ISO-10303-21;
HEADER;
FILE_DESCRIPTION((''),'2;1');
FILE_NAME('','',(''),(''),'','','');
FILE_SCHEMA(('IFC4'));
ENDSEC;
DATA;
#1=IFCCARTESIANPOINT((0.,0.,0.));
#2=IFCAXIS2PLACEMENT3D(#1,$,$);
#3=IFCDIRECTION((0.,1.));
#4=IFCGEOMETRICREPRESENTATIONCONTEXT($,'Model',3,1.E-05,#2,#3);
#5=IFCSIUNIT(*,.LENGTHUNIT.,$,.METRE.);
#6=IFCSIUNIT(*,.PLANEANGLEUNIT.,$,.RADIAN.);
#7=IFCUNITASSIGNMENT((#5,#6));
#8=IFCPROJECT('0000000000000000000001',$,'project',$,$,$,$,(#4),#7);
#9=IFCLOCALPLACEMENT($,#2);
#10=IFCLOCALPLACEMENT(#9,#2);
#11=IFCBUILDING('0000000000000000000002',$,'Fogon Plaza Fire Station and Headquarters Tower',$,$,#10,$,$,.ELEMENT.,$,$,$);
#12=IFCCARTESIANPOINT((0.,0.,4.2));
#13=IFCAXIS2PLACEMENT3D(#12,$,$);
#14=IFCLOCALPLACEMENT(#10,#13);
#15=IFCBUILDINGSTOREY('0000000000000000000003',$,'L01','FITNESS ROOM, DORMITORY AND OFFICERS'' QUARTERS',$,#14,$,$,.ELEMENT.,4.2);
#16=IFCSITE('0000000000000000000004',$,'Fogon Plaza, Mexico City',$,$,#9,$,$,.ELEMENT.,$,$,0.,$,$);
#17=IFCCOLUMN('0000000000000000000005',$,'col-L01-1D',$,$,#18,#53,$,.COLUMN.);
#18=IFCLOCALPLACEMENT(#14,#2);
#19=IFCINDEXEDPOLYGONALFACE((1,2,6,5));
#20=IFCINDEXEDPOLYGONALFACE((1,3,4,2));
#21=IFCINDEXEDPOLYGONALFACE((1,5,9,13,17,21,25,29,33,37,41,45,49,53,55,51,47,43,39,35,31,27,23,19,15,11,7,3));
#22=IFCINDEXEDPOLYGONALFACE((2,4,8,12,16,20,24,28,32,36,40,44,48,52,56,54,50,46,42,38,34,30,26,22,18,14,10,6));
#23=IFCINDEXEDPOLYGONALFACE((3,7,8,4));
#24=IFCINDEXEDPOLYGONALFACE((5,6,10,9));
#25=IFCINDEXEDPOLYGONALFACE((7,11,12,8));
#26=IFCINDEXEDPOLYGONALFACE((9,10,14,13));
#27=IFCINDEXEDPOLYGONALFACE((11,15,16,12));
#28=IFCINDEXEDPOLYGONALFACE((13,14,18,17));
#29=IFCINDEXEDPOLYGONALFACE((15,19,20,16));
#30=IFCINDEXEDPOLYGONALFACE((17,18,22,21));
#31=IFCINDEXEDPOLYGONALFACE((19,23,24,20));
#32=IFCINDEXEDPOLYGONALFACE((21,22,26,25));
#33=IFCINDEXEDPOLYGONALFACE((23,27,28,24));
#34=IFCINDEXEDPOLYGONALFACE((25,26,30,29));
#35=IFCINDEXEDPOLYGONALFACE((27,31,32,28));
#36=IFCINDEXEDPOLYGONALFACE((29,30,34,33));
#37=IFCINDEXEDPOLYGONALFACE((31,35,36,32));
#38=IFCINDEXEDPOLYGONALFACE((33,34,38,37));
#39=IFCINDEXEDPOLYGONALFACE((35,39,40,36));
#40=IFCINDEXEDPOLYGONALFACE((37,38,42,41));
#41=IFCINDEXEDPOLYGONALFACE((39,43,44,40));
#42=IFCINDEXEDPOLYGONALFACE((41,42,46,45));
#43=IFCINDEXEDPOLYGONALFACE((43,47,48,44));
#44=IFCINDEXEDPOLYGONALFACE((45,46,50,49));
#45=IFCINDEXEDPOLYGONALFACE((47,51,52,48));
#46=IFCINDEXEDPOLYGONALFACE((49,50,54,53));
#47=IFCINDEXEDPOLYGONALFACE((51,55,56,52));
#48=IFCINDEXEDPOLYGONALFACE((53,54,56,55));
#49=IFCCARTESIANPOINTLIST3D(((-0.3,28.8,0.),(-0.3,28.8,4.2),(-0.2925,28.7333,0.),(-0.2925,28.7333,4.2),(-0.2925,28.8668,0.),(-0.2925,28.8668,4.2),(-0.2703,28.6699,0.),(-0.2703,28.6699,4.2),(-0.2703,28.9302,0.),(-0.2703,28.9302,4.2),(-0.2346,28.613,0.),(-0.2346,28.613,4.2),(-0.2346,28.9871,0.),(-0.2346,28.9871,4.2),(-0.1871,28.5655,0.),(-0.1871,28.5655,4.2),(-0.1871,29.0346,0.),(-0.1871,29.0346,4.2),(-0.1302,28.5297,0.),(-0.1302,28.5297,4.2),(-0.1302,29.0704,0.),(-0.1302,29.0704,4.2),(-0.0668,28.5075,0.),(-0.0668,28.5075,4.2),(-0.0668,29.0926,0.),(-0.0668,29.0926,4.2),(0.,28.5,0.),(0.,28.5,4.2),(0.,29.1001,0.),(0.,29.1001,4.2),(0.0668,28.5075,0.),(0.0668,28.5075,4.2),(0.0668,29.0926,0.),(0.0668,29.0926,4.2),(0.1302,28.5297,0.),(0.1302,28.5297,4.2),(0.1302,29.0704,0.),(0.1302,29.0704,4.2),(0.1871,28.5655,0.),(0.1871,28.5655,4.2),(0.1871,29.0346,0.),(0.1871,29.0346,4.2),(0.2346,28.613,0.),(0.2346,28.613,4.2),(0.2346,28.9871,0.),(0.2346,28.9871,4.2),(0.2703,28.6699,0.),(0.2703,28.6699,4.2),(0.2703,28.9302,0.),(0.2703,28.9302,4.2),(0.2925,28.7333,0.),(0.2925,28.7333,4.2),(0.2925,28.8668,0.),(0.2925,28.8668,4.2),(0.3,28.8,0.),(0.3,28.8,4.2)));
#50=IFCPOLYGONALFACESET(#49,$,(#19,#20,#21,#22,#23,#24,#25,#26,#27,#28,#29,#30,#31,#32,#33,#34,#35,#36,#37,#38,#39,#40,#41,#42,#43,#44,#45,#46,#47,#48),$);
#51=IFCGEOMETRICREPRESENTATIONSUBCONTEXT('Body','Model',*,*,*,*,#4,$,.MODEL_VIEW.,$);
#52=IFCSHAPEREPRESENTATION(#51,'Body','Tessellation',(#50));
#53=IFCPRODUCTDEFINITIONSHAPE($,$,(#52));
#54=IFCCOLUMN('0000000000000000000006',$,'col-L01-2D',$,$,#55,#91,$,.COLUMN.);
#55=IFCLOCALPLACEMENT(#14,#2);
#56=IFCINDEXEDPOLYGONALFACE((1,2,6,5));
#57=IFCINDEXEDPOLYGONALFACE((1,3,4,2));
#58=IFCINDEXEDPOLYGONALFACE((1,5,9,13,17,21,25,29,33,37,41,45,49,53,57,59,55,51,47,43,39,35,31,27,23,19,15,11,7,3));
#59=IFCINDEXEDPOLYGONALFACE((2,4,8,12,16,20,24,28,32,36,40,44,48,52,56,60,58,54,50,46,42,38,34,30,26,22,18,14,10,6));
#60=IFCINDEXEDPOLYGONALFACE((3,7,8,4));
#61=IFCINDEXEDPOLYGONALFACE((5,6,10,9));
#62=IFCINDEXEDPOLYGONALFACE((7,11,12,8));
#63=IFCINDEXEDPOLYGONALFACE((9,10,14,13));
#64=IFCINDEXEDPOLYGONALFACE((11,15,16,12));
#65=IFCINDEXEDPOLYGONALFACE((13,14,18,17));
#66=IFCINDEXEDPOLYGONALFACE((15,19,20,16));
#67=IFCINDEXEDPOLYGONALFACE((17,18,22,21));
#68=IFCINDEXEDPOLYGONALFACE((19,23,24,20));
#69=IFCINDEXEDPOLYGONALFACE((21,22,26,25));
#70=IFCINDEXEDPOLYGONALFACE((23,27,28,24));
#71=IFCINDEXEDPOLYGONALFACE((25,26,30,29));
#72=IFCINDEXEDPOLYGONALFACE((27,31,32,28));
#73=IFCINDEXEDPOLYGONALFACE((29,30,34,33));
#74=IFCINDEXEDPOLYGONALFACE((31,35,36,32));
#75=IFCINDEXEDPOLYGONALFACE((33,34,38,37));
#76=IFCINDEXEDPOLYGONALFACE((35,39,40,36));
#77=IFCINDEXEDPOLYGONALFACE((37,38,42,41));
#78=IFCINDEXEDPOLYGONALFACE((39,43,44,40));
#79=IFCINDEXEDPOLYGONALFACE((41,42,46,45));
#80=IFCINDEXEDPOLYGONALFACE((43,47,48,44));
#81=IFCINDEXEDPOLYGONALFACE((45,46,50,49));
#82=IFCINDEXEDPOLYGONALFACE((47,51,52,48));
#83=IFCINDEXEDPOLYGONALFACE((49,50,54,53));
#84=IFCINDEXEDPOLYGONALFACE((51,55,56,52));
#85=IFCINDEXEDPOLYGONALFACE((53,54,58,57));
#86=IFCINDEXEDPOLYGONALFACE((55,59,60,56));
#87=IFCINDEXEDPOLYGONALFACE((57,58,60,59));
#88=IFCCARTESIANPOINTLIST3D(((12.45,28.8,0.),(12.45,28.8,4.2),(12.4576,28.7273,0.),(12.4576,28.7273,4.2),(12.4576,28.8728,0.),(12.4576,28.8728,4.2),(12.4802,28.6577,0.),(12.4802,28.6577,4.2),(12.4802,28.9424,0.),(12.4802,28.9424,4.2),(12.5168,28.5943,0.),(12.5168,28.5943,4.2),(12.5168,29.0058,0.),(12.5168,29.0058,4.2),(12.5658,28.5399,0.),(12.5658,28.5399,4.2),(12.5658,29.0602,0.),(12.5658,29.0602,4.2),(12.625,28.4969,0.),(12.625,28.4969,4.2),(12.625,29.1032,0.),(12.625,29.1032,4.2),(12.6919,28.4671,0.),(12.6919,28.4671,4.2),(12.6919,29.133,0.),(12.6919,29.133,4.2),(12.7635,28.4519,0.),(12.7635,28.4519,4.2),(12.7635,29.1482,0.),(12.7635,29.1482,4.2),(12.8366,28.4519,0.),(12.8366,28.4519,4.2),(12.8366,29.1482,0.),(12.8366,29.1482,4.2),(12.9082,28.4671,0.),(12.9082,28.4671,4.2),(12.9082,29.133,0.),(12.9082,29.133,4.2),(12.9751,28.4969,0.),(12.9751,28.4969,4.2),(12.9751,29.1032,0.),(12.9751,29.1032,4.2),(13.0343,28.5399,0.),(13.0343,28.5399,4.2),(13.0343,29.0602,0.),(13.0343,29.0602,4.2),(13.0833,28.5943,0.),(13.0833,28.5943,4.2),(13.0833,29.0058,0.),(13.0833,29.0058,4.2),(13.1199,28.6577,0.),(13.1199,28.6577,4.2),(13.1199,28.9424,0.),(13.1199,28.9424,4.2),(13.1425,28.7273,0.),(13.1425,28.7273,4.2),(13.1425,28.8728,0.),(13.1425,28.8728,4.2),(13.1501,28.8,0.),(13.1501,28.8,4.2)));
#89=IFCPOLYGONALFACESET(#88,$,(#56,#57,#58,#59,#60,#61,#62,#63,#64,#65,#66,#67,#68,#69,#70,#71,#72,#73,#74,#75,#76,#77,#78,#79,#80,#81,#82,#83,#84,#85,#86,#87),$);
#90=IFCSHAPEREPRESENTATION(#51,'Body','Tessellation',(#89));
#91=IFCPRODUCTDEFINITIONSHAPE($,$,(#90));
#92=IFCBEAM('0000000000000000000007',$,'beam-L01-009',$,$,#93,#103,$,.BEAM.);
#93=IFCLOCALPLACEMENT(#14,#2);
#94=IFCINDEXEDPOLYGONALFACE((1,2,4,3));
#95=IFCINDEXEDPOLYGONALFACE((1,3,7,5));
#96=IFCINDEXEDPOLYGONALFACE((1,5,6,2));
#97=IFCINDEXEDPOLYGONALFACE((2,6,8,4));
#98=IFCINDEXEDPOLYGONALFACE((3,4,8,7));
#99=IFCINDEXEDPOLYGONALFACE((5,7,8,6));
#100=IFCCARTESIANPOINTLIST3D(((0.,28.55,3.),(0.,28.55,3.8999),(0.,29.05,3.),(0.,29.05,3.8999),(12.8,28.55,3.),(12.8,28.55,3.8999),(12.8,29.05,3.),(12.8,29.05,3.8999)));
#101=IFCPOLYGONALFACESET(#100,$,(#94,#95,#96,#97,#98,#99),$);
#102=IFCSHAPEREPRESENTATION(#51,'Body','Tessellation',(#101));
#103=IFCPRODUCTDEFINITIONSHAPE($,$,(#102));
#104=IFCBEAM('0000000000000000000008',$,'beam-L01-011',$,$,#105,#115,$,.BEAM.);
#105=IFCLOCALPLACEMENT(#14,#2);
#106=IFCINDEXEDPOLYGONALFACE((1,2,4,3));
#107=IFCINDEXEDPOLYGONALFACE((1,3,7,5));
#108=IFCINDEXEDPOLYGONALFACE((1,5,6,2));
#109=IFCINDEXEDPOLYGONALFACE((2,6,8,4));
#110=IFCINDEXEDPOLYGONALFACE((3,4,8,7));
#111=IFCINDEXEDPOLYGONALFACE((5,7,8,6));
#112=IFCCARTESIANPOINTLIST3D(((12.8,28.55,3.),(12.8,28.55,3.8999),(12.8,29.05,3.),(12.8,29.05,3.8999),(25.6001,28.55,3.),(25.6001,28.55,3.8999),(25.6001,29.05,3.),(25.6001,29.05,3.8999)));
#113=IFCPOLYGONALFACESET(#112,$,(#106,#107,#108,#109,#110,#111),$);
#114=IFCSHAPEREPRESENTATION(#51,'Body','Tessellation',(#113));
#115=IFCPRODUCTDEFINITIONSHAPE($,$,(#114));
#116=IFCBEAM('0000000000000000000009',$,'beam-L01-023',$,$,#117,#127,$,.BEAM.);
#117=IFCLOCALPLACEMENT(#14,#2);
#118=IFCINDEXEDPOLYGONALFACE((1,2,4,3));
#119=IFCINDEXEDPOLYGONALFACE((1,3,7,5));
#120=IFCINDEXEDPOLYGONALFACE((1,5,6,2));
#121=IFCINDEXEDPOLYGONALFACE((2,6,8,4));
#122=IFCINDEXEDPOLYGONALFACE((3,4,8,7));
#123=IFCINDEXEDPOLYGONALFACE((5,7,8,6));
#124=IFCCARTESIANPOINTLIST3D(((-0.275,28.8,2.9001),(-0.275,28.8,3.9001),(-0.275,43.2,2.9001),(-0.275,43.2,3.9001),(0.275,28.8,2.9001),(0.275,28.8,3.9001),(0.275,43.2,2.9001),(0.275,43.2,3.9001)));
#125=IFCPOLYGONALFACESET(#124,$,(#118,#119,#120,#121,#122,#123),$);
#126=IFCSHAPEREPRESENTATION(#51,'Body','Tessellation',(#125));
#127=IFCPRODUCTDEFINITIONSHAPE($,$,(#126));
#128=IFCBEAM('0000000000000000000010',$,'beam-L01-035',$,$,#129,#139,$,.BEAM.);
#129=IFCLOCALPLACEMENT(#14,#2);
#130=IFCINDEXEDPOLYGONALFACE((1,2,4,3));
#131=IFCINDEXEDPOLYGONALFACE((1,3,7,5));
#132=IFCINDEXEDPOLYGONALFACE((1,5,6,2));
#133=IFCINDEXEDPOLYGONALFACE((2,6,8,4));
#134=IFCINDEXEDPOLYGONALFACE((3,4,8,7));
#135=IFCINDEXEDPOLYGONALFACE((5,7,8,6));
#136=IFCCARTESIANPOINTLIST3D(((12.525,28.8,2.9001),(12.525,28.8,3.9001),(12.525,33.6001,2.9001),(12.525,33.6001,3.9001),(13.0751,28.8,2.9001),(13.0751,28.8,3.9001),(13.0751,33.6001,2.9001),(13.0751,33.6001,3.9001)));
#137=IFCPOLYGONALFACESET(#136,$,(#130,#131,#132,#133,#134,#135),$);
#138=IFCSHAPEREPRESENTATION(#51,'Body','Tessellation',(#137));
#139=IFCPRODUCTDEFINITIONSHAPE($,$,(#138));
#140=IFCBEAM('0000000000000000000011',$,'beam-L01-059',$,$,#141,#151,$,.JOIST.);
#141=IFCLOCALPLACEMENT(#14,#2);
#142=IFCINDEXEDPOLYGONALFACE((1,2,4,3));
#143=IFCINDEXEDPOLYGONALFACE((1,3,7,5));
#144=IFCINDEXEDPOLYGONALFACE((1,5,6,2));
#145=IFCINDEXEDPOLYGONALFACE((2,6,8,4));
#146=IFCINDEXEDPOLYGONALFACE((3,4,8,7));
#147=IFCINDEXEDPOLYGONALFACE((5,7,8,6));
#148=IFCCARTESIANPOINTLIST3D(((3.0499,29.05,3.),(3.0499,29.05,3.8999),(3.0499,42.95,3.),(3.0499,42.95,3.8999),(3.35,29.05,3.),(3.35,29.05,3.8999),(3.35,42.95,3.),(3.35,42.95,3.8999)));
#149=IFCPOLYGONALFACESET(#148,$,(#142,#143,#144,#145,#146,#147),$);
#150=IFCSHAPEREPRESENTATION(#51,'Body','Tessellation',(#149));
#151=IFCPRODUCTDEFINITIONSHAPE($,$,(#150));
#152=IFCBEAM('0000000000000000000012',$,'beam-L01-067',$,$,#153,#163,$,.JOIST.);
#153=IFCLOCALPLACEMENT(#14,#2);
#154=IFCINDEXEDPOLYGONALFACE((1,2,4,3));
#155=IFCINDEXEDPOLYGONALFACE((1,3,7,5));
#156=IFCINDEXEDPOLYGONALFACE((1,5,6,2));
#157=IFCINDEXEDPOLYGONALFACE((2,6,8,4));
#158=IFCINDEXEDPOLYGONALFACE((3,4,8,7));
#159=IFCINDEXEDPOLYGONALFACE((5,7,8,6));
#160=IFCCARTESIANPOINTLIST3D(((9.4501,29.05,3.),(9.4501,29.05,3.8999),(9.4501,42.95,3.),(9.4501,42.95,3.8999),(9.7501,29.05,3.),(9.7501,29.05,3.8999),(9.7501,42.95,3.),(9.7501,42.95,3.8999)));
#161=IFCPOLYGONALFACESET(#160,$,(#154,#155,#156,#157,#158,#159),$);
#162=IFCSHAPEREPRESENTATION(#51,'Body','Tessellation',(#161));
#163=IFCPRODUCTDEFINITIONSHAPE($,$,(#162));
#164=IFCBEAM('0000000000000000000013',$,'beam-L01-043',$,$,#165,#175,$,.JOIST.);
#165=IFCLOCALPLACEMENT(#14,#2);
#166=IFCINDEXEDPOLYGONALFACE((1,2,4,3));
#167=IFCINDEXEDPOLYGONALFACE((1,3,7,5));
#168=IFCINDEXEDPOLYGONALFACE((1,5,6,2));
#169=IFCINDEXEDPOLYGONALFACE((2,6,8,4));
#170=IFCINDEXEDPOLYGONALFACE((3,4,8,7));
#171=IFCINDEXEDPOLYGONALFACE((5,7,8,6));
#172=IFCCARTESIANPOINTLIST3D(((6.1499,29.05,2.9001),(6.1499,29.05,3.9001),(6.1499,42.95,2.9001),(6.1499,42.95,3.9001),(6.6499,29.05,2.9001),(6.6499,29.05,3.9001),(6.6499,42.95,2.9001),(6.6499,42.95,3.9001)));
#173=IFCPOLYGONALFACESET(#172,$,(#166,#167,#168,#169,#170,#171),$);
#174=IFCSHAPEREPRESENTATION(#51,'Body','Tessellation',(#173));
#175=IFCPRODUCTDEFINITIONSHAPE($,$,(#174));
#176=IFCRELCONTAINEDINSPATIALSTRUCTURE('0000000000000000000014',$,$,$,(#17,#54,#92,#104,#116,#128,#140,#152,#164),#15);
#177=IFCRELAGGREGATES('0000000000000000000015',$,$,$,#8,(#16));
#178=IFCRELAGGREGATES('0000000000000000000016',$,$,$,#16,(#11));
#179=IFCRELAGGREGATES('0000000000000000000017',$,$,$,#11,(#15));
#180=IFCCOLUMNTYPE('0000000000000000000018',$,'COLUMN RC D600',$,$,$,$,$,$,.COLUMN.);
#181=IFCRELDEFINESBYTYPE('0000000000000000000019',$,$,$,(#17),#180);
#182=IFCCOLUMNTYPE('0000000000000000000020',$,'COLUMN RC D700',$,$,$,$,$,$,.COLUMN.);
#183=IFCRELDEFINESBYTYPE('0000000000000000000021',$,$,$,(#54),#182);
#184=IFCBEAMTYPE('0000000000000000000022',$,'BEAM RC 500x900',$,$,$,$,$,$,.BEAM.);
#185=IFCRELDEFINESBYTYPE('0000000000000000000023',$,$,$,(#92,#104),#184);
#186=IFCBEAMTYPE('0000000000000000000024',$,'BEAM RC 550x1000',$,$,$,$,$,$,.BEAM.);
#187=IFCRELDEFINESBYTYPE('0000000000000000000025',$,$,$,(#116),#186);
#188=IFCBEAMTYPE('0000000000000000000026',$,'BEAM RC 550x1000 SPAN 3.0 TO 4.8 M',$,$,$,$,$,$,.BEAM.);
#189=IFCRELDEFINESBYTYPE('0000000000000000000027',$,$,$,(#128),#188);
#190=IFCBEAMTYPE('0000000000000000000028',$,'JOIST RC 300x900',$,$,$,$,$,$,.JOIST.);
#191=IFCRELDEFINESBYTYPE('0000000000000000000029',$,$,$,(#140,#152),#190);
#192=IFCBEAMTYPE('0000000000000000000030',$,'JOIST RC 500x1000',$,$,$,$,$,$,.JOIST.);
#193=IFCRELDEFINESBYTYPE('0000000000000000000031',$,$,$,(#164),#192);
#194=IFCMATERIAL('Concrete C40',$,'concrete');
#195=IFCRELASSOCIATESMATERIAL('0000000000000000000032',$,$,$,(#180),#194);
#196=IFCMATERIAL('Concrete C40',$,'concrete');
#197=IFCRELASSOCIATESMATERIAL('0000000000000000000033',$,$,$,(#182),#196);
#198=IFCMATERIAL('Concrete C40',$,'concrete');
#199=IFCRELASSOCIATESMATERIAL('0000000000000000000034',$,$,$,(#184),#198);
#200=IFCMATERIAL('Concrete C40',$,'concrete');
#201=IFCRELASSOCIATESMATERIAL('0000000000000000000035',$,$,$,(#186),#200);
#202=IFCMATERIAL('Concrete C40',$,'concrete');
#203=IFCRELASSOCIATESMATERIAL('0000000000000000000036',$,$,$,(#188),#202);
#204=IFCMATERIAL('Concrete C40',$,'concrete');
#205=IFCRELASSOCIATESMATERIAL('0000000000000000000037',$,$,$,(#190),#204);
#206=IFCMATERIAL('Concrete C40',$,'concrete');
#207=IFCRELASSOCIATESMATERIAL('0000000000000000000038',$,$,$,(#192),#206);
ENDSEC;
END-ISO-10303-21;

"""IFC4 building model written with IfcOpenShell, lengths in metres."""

from ifc_helpers import new_model, si_unit, direction, frame, origin, origin_2d, place, context, subcontext, project, spatial, rectangle, circle, extrude, material, material_profile, profile_set, type_object, element, save


model = new_model("IFC4")

# Units and contexts
model_context = context("Model", 3, precision=1e-05, world=origin(), true_north=direction((0.0, 1.0)))
body_context = subcontext(model_context, "Body", "Model", "MODEL_VIEW")
ifc_project = project(units=[si_unit("LENGTHUNIT", "METRE"), si_unit("PLANEANGLEUNIT", "RADIAN")], contexts=[model_context])

# Site, building, storey
site_placement = place(None, origin())
site = spatial("IfcSite", under=ifc_project, at=site_placement, Name="Fogon Plaza, Mexico City", CompositionType="ELEMENT", RefElevation=0.0)
building_placement = place(site_placement, origin())
building = spatial("IfcBuilding", under=site, at=building_placement, Name="Fogon Plaza Fire Station and Headquarters Tower", CompositionType="ELEMENT")
storey_placement = place(building_placement, frame((0.0, 0.0, 4.2)))
storey = spatial("IfcBuildingStorey", under=building, at=storey_placement, Name="L01", Description="FITNESS ROOM, DORMITORY AND OFFICERS' QUARTERS", CompositionType="ELEMENT", Elevation=4.2)

# Columns
ifc_material_1 = material(Name="Concrete C40", Category="concrete")
ifc_material_profile_1 = material_profile(ifc_material_1, circle(Radius=0.3, at=origin_2d()), Name="RC D600")
ifc_profile_set_1 = profile_set([ifc_material_profile_1], Name="Concrete C40")
column_type_1 = type_object("IfcColumnType", Name="COLUMN RC D600", PredefinedType="COLUMN", material=ifc_profile_set_1)
column_1_placement = place(storey_placement, frame((0.0, 28.8, 0.0), z_axis=(0.0, 0.0, 1.0), x_axis=(1.0, 0.0, 0.0)))
element("IfcColumn", 1, at=column_1_placement, inside=storey, type_object=column_type_1, Name="col-L01-1D", PredefinedType="COLUMN", context=body_context, shape_type="SweptSolid", body=[
    extrude(circle(Radius=0.3, at=origin_2d()), origin(), (0.0, 0.0, 1.0), 4.2),
])
ifc_material_2 = material(Name="Concrete C40", Category="concrete")
ifc_material_profile_2 = material_profile(ifc_material_2, circle(Radius=0.3501, at=origin_2d()), Name="RC D700")
ifc_profile_set_2 = profile_set([ifc_material_profile_2], Name="Concrete C40")
column_type_2 = type_object("IfcColumnType", Name="COLUMN RC D700", PredefinedType="COLUMN", material=ifc_profile_set_2)
column_2_placement = place(storey_placement, frame((12.8, 28.8, 0.0), z_axis=(0.0, 0.0, 1.0), x_axis=(1.0, 0.0, 0.0)))
element("IfcColumn", 2, at=column_2_placement, inside=storey, type_object=column_type_2, Name="col-L01-2D", PredefinedType="COLUMN", context=body_context, shape_type="SweptSolid", body=[
    extrude(circle(Radius=0.3501, at=origin_2d()), origin(), (0.0, 0.0, 1.0), 4.2),
])

# Beams
ifc_material_3 = material(Name="Concrete C40", Category="concrete")
ifc_material_profile_3 = material_profile(ifc_material_3, rectangle(XDim=0.5, YDim=0.8999, at=origin_2d()), Name="RC 500x900")
ifc_profile_set_3 = profile_set([ifc_material_profile_3], Name="Concrete C40")
beam_type_1 = type_object("IfcBeamType", Name="BEAM RC 500x900", PredefinedType="BEAM", material=ifc_profile_set_3)
for number, where, z_axis, x_axis, name in (
    (3, (0.0, 28.8, 3.45), (1.0, 0.0, 0.0), (0.0, 1.0, 0.0), "beam-L01-009"),
    (4, (12.8, 28.8, 3.45), (1.0, 0.0, 0.0), (0.0, 1.0, 0.0), "beam-L01-011"),
):
    element("IfcBeam", number, at=place(storey_placement, frame(where, z_axis=z_axis, x_axis=x_axis)), inside=storey, type_object=beam_type_1, Name=name, PredefinedType="BEAM", context=body_context, shape_type="SweptSolid", body=[
        extrude(rectangle(XDim=0.5, YDim=0.8999, at=origin_2d()), origin(), (0.0, 0.0, 1.0), 12.8),
    ])
ifc_material_4 = material(Name="Concrete C40", Category="concrete")
ifc_material_profile_4 = material_profile(ifc_material_4, rectangle(XDim=0.55, YDim=1.0, at=origin_2d()), Name="RC 550x1000")
ifc_profile_set_4 = profile_set([ifc_material_profile_4], Name="Concrete C40")
beam_type_2 = type_object("IfcBeamType", Name="BEAM RC 550x1000", PredefinedType="BEAM", material=ifc_profile_set_4)
beam_1_placement = place(storey_placement, frame((0.0, 28.8, 3.4001), z_axis=(0.0, 1.0, 0.0), x_axis=(-1.0, 0.0, 0.0)))
element("IfcBeam", 5, at=beam_1_placement, inside=storey, type_object=beam_type_2, Name="beam-L01-023", PredefinedType="BEAM", context=body_context, shape_type="SweptSolid", body=[
    extrude(rectangle(XDim=0.55, YDim=1.0, at=origin_2d()), origin(), (0.0, 0.0, 1.0), 14.3999),
])
ifc_material_5 = material(Name="Concrete C40", Category="concrete")
ifc_material_profile_5 = material_profile(ifc_material_5, rectangle(XDim=0.55, YDim=1.0, at=origin_2d()), Name="RC 550x1000")
ifc_profile_set_5 = profile_set([ifc_material_profile_5], Name="Concrete C40")
beam_type_3 = type_object("IfcBeamType", Name="BEAM RC 550x1000 SPAN 3.0 TO 4.8 M", PredefinedType="BEAM", material=ifc_profile_set_5)
beam_2_placement = place(storey_placement, frame((12.8, 28.8, 3.4001), z_axis=(0.0, 1.0, 0.0), x_axis=(-1.0, 0.0, 0.0)))
element("IfcBeam", 6, at=beam_2_placement, inside=storey, type_object=beam_type_3, Name="beam-L01-035", PredefinedType="BEAM", context=body_context, shape_type="SweptSolid", body=[
    extrude(rectangle(XDim=0.55, YDim=1.0, at=origin_2d()), origin(), (0.0, 0.0, 1.0), 4.8),
])
ifc_material_6 = material(Name="Concrete C40", Category="concrete")
ifc_material_profile_6 = material_profile(ifc_material_6, rectangle(XDim=0.3, YDim=0.8999, at=origin_2d()), Name="RC 300x900")
ifc_profile_set_6 = profile_set([ifc_material_profile_6], Name="Concrete C40")
beam_type_4 = type_object("IfcBeamType", Name="JOIST RC 300x900", PredefinedType="JOIST", material=ifc_profile_set_6)
for number, where, z_axis, x_axis, name in (
    (7, (3.2, 29.05, 3.45), (0.0, 1.0, 0.0), (-1.0, 0.0, 0.0), "beam-L01-059"),
    (8, (9.6001, 29.05, 3.45), (0.0, 1.0, 0.0), (-1.0, 0.0, 0.0), "beam-L01-067"),
):
    element("IfcBeam", number, at=place(storey_placement, frame(where, z_axis=z_axis, x_axis=x_axis)), inside=storey, type_object=beam_type_4, Name=name, PredefinedType="JOIST", context=body_context, shape_type="SweptSolid", body=[
        extrude(rectangle(XDim=0.3, YDim=0.8999, at=origin_2d()), origin(), (0.0, 0.0, 1.0), 13.8999),
    ])
ifc_material_7 = material(Name="Concrete C40", Category="concrete")
ifc_material_profile_7 = material_profile(ifc_material_7, rectangle(XDim=0.5, YDim=1.0, at=origin_2d()), Name="RC 500x1000")
ifc_profile_set_7 = profile_set([ifc_material_profile_7], Name="Concrete C40")
beam_type_5 = type_object("IfcBeamType", Name="JOIST RC 500x1000", PredefinedType="JOIST", material=ifc_profile_set_7)
beam_3_placement = place(storey_placement, frame((6.3999, 29.05, 3.4001), z_axis=(0.0, 1.0, 0.0), x_axis=(-1.0, 0.0, 0.0)))
element("IfcBeam", 9, at=beam_3_placement, inside=storey, type_object=beam_type_5, Name="beam-L01-043", PredefinedType="JOIST", context=body_context, shape_type="SweptSolid", body=[
    extrude(rectangle(XDim=0.5, YDim=1.0, at=origin_2d()), origin(), (0.0, 0.0, 1.0), 13.8999),
])

save(model, "model.ifc")
